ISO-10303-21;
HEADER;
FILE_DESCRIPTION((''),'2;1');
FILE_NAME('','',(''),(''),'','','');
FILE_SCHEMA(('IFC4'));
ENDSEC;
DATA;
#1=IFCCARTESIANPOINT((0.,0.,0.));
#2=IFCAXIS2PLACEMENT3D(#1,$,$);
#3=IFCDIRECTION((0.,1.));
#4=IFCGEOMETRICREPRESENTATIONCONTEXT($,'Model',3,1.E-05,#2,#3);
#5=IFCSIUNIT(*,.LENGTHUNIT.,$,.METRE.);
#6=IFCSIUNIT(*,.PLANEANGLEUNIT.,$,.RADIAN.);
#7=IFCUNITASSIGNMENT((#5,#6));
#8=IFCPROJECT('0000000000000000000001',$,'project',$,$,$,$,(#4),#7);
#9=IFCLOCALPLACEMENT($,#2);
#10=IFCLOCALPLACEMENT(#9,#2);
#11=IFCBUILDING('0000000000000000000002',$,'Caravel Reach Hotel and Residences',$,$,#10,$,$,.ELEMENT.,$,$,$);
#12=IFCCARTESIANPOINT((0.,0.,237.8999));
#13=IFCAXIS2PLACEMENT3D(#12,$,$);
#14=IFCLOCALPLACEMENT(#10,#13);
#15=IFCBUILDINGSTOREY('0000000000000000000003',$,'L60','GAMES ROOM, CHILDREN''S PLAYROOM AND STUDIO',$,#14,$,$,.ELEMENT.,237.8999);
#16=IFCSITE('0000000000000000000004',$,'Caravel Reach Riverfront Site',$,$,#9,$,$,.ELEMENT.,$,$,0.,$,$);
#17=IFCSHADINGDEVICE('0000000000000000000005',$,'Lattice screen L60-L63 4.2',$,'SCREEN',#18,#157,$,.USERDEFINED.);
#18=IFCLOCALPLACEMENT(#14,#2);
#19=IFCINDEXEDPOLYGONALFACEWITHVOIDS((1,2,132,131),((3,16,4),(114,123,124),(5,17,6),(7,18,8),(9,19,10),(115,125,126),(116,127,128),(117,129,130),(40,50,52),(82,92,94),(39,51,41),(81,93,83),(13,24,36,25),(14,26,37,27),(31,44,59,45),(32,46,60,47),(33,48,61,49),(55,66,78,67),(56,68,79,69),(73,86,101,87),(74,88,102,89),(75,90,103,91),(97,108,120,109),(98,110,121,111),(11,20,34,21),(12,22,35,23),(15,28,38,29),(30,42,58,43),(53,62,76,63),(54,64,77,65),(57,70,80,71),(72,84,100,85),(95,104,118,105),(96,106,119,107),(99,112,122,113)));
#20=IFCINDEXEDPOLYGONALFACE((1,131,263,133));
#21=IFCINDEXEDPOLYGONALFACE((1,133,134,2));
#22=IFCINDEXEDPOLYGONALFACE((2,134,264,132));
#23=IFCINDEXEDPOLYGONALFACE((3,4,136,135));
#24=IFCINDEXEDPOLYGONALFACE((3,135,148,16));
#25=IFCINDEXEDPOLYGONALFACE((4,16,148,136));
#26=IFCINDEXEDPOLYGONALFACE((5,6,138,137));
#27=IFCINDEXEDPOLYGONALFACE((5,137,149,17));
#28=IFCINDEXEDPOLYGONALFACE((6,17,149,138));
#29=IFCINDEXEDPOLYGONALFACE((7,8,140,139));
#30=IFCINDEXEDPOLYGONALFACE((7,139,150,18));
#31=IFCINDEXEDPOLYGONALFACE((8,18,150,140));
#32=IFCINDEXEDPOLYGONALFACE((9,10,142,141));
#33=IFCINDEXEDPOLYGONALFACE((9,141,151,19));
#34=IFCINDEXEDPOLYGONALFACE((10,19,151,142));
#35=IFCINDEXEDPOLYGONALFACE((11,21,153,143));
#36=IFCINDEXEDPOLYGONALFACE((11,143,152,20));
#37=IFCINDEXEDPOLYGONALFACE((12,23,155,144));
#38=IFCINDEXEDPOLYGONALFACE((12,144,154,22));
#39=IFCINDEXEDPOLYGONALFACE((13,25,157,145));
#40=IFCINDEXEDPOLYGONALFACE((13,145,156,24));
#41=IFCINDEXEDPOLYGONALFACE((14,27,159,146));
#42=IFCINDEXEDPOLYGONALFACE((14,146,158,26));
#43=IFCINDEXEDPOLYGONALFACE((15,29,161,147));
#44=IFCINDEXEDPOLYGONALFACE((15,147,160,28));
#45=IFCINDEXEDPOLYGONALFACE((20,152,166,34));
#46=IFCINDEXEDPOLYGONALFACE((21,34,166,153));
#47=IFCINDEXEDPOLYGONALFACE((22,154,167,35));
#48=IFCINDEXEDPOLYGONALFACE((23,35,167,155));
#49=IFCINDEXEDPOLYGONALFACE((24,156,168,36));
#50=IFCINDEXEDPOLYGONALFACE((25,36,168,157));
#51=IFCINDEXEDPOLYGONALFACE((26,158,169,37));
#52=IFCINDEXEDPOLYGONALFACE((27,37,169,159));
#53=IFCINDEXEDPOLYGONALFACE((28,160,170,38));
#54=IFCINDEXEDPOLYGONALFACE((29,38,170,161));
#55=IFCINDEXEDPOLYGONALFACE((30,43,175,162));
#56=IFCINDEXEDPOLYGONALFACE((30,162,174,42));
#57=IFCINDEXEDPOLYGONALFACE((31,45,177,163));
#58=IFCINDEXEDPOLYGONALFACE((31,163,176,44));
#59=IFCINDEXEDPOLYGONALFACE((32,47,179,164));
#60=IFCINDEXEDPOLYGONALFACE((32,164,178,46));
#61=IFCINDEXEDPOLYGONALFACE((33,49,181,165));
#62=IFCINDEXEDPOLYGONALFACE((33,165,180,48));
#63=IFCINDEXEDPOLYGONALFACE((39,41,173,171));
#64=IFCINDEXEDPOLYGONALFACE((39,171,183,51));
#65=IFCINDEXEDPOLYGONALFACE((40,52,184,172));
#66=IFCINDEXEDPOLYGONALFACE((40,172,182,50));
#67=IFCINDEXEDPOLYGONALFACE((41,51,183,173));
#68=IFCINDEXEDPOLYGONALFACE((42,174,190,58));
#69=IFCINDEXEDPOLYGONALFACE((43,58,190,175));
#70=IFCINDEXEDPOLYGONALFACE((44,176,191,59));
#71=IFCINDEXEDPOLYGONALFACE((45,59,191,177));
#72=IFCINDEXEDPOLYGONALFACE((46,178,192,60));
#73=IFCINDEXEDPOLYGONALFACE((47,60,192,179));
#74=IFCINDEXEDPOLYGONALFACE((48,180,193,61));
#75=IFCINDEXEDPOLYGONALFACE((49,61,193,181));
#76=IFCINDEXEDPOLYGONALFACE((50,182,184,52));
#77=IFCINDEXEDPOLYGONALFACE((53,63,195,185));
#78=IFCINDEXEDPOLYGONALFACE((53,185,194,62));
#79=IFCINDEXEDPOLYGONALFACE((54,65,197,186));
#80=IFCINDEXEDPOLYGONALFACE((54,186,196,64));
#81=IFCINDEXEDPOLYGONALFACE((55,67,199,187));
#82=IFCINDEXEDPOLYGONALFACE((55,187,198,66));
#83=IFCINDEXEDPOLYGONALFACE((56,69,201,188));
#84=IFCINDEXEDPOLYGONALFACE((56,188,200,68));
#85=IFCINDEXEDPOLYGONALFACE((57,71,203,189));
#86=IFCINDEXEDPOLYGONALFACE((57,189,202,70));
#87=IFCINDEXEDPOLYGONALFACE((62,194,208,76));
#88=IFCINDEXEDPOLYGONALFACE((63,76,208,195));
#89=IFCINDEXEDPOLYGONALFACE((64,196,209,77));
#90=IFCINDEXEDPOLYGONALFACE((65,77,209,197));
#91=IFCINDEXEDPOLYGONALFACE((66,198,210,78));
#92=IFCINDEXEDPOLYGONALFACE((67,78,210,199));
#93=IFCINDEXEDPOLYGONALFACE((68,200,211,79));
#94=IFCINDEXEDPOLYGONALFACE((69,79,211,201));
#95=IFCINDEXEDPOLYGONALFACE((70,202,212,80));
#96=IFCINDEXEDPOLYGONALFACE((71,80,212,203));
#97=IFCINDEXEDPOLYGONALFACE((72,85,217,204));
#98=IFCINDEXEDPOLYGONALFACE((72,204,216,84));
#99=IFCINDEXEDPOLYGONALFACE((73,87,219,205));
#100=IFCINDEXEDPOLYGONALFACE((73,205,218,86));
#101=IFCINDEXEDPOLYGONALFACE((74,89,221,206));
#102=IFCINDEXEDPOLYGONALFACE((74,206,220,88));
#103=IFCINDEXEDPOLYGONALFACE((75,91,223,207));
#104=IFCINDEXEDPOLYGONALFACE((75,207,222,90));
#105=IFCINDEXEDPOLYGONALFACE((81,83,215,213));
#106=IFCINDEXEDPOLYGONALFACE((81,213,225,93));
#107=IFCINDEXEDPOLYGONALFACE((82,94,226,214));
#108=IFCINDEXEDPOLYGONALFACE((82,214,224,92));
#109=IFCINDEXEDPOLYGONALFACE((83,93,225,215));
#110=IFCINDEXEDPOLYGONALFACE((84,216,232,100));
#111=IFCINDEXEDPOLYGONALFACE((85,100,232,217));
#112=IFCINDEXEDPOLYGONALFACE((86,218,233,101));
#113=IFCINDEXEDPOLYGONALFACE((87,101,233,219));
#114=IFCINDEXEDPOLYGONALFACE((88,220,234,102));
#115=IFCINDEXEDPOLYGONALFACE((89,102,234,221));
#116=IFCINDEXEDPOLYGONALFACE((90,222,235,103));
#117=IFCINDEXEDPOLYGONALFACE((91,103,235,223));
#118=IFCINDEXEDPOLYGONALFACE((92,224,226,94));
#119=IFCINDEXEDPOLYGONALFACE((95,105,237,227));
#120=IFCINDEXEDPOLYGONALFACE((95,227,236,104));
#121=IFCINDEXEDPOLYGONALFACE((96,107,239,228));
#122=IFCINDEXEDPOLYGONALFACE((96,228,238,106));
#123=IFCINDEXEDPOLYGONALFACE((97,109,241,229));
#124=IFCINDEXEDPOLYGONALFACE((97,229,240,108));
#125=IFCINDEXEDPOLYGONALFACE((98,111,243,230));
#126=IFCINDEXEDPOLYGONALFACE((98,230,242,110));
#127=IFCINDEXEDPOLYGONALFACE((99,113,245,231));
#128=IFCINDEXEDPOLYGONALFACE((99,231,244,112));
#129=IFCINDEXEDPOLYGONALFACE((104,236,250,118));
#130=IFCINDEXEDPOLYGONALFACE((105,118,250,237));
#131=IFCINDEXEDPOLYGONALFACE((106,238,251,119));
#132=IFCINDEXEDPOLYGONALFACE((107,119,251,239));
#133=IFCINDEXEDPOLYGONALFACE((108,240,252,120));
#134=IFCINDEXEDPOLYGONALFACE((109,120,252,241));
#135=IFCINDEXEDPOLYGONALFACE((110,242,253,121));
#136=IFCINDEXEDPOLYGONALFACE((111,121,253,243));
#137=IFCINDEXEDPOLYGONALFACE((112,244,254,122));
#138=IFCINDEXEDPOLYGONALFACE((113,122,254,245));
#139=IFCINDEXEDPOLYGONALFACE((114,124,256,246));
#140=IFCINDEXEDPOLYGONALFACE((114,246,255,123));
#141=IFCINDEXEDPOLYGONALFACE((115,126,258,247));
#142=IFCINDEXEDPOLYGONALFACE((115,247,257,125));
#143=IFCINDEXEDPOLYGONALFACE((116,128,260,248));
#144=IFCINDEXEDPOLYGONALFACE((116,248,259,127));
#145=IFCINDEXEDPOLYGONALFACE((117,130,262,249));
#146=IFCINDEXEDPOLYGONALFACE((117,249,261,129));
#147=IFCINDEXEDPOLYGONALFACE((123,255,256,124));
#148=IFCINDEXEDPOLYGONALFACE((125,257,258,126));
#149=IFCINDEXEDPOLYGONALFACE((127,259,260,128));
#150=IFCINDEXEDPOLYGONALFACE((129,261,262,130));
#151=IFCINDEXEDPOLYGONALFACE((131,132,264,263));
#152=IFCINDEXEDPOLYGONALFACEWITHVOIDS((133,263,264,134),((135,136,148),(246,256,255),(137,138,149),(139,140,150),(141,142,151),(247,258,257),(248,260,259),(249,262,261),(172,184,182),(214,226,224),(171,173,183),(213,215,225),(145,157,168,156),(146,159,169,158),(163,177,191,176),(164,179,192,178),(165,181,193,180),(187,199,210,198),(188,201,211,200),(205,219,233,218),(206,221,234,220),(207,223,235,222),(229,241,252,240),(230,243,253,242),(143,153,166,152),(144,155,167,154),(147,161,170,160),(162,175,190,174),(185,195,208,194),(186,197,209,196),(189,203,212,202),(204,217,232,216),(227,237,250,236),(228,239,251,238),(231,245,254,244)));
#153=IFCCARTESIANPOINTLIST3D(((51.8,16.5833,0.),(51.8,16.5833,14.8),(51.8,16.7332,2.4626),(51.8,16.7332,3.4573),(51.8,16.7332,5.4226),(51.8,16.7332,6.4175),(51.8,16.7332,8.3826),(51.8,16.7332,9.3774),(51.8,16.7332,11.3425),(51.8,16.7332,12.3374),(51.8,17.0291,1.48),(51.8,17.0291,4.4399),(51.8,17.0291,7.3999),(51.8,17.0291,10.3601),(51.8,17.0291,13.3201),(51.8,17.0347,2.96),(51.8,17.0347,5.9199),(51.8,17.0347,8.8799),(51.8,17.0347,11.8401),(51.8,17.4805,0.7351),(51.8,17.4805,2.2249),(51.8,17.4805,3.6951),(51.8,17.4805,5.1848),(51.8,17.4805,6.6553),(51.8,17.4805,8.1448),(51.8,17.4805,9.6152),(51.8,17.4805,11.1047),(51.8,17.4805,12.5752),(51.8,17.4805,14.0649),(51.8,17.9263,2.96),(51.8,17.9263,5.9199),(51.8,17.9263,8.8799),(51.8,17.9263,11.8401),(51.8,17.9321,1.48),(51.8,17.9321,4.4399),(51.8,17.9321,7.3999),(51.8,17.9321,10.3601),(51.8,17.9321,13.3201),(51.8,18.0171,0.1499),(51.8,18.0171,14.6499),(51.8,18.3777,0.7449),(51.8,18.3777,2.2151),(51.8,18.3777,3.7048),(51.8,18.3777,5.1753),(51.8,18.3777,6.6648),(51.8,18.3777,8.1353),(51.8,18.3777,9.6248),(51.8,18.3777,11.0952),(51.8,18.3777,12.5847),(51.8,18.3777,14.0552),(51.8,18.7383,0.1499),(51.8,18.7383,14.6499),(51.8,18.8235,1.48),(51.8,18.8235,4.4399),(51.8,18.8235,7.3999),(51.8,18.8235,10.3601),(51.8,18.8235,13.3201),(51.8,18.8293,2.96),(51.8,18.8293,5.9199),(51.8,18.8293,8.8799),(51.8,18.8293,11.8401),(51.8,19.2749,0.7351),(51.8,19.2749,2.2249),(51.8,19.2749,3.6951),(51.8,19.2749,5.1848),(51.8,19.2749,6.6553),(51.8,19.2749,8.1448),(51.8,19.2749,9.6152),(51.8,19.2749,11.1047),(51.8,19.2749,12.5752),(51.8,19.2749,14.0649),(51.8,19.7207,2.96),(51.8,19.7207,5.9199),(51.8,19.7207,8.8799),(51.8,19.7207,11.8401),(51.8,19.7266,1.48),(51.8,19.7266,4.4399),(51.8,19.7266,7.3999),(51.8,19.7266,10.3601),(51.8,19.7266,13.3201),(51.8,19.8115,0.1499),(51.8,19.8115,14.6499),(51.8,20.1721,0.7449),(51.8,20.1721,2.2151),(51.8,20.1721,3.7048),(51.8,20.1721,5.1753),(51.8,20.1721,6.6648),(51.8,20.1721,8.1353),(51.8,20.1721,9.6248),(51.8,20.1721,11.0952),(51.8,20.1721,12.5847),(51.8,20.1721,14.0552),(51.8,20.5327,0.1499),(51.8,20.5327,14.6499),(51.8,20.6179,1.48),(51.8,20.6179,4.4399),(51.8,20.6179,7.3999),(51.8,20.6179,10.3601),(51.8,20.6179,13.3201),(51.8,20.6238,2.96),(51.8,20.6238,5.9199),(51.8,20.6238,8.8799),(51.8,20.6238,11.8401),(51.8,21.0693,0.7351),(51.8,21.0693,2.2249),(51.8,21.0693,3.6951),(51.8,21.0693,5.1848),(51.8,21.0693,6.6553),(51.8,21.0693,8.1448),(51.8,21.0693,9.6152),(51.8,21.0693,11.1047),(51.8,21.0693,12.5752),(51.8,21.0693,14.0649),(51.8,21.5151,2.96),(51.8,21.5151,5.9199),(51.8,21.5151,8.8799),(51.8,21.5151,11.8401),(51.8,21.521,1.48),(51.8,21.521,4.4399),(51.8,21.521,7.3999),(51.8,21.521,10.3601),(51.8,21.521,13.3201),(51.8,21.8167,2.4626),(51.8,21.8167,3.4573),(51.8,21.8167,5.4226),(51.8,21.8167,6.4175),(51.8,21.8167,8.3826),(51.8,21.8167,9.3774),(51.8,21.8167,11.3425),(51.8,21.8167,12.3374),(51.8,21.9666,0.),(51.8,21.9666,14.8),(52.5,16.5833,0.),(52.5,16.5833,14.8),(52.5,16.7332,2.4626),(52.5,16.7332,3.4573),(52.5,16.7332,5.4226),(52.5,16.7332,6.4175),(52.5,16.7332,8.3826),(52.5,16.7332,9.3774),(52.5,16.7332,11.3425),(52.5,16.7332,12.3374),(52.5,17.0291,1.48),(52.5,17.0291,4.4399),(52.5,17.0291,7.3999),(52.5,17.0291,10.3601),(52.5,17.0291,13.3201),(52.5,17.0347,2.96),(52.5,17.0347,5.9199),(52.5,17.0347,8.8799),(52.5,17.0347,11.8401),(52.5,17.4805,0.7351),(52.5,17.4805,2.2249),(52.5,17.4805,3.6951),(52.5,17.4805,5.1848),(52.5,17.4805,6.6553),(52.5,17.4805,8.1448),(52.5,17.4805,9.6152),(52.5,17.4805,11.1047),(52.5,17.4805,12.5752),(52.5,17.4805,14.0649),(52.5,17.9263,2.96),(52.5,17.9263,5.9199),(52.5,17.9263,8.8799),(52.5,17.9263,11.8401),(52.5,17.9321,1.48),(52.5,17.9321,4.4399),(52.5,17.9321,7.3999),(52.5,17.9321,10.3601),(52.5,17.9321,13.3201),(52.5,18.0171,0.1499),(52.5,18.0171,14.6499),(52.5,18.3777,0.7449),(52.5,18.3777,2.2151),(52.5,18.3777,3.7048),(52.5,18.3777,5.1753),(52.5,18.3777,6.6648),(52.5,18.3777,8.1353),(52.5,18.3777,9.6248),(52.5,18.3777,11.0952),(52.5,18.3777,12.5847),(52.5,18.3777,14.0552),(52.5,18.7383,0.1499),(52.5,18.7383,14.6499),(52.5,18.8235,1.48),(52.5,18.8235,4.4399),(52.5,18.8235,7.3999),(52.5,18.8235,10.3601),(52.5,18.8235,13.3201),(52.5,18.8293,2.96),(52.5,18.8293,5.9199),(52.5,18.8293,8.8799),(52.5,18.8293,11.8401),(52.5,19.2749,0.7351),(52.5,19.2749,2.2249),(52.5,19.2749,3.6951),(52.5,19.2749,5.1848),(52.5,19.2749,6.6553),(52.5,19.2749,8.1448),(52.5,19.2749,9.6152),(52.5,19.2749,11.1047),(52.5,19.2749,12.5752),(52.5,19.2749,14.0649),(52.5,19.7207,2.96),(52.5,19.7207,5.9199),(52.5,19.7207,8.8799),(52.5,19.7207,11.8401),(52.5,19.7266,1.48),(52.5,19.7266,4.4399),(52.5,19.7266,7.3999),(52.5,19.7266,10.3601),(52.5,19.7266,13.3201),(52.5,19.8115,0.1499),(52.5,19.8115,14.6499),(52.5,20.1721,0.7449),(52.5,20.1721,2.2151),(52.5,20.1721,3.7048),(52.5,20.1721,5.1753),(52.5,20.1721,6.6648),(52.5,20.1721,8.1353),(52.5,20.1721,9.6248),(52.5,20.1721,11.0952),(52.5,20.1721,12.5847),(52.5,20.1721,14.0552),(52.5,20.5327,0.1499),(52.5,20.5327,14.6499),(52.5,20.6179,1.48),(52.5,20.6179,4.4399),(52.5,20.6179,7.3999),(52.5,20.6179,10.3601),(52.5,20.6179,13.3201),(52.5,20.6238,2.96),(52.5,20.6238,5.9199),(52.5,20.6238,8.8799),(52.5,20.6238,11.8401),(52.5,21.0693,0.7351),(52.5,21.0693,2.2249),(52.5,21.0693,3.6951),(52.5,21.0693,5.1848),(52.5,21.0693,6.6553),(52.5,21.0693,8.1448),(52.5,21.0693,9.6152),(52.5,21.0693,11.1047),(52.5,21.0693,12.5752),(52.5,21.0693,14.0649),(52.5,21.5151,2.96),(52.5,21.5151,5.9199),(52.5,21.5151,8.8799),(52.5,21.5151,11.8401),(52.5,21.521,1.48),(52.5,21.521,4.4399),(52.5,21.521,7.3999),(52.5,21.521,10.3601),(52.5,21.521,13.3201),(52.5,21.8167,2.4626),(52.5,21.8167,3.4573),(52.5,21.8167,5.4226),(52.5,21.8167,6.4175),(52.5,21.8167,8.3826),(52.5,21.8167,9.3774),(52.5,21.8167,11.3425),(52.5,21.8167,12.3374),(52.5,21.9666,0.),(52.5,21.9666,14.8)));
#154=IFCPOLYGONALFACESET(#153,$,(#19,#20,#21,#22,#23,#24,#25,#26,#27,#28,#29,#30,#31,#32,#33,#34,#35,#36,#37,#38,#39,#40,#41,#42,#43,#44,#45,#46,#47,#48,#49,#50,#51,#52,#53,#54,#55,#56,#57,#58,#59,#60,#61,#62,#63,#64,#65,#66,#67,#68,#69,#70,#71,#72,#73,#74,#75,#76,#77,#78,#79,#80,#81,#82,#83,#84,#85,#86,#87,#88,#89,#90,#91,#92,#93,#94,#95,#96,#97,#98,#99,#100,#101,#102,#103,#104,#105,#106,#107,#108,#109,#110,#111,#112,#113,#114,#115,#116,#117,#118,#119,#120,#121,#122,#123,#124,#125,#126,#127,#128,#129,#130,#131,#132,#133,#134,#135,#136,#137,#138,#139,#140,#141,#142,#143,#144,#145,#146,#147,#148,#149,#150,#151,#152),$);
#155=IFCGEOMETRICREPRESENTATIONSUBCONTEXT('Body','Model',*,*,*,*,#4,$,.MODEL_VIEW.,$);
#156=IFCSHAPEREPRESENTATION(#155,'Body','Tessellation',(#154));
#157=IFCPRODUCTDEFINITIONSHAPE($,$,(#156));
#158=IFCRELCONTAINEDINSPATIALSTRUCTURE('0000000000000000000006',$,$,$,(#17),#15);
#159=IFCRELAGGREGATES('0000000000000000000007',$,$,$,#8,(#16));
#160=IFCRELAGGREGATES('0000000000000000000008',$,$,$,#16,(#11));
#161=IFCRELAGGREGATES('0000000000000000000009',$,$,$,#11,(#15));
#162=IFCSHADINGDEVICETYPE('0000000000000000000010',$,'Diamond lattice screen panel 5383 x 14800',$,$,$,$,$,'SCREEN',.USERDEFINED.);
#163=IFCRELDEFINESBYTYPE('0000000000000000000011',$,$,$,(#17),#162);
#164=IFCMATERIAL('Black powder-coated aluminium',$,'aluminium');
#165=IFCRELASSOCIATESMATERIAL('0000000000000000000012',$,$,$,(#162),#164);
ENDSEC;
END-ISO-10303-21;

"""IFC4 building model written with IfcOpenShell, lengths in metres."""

from ifc_helpers import new_model, si_unit, direction, frame, origin, place, context, subcontext, project, spatial, polyline, outline, extrude, material, type_object, element, save


model = new_model("IFC4")

# Units and contexts
model_context = context("Model", 3, precision=1e-05, world=origin(), true_north=direction((0.0, 1.0)))
body_context = subcontext(model_context, "Body", "Model", "MODEL_VIEW")
ifc_project = project(units=[si_unit("LENGTHUNIT", "METRE"), si_unit("PLANEANGLEUNIT", "RADIAN")], contexts=[model_context])

# Site, building, storey
site_placement = place(None, origin())
site = spatial("IfcSite", under=ifc_project, at=site_placement, Name="Caravel Reach Riverfront Site", CompositionType="ELEMENT", RefElevation=0.0)
building_placement = place(site_placement, origin())
building = spatial("IfcBuilding", under=site, at=building_placement, Name="Caravel Reach Hotel and Residences", CompositionType="ELEMENT")
storey_placement = place(building_placement, frame((0.0, 0.0, 237.8999)))
storey = spatial("IfcBuildingStorey", under=building, at=storey_placement, Name="L60", Description="GAMES ROOM, CHILDREN'S PLAYROOM AND STUDIO", CompositionType="ELEMENT", Elevation=237.8999)

# Shading device
ifc_material_1 = material(Name="Black powder-coated aluminium", Category="aluminium")
shading_device_type_1 = type_object("IfcShadingDeviceType", Name="Diamond lattice screen panel 5383 x 14800", ElementType="SCREEN", PredefinedType="USERDEFINED", material=ifc_material_1)
shading_device_1_placement = place(storey_placement, frame((51.8, 16.5833, 0.0), z_axis=(1.0, 0.0, 0.0), x_axis=(0.0, 1.0, 0.0)))
element("IfcShadingDevice", 1, at=shading_device_1_placement, inside=storey, type_object=shading_device_type_1, Name="Lattice screen L60-L63 4.2", ObjectType="SCREEN", PredefinedType="USERDEFINED", context=body_context, shape_type="SweptSolid", body=[
    extrude(outline(polyline([(0.0, 0.0), (5.3833, 0.0), (5.3833, 14.8), (0.0, 14.8), (0.0, 0.0)]), holes=[polyline([(0.4514, 2.96), (0.1499, 3.4573), (0.1499, 2.4626), (0.4514, 2.96)]), polyline([(0.4514, 5.9199), (0.1499, 6.4175), (0.1499, 5.4226), (0.4514, 5.9199)]), polyline([(0.4514, 8.8799), (0.1499, 9.3774), (0.1499, 8.3826), (0.4514, 8.8799)]), polyline([(0.4514, 11.8401), (0.1499, 12.3374), (0.1499, 11.3425), (0.4514, 11.8401)]), polyline([(0.8972, 2.2249), (0.4458, 1.48), (0.8972, 0.7351), (1.3489, 1.48), (0.8972, 2.2249)]), polyline([(0.8972, 5.1848), (0.4458, 4.4399), (0.8972, 3.6951), (1.3489, 4.4399), (0.8972, 5.1848)]), polyline([(0.8972, 8.1448), (0.4458, 7.3999), (0.8972, 6.6553), (1.3489, 7.3999), (0.8972, 8.1448)]), polyline([(0.8972, 11.1047), (0.4458, 10.3601), (0.8972, 9.6152), (1.3489, 10.3601), (0.8972, 11.1047)]), polyline([(0.8972, 14.0649), (0.4458, 13.3201), (0.8972, 12.5752), (1.3489, 13.3201), (0.8972, 14.0649)]), polyline([(1.7944, 0.7449), (1.4338, 0.1499), (2.155, 0.1499), (1.7944, 0.7449)]), polyline([(1.7944, 3.7048), (1.343, 2.96), (1.7944, 2.2151), (2.2461, 2.96), (1.7944, 3.7048)]), polyline([(1.7944, 6.6648), (1.343, 5.9199), (1.7944, 5.1753), (2.2461, 5.9199), (1.7944, 6.6648)]), polyline([(1.7944, 9.6248), (1.343, 8.8799), (1.7944, 8.1353), (2.2461, 8.8799), (1.7944, 9.6248)]), polyline([(1.7944, 12.5847), (1.343, 11.8401), (1.7944, 11.0952), (2.2461, 11.8401), (1.7944, 12.5847)]), polyline([(1.7944, 14.0552), (2.155, 14.6499), (1.4338, 14.6499), (1.7944, 14.0552)]), polyline([(2.6917, 2.2249), (2.2402, 1.48), (2.6917, 0.7351), (3.1433, 1.48), (2.6917, 2.2249)]), polyline([(2.6917, 5.1848), (2.2402, 4.4399), (2.6917, 3.6951), (3.1433, 4.4399), (2.6917, 5.1848)]), polyline([(2.6917, 8.1448), (2.2402, 7.3999), (2.6917, 6.6553), (3.1433, 7.3999), (2.6917, 8.1448)]), polyline([(2.6917, 11.1047), (2.2402, 10.3601), (2.6917, 9.6152), (3.1433, 10.3601), (2.6917, 11.1047)]), polyline([(2.6917, 14.0649), (2.2402, 13.3201), (2.6917, 12.5752), (3.1433, 13.3201), (2.6917, 14.0649)]), polyline([(3.5889, 0.7449), (3.2283, 0.1499), (3.9495, 0.1499), (3.5889, 0.7449)]), polyline([(3.5889, 3.7048), (3.1375, 2.96), (3.5889, 2.2151), (4.0405, 2.96), (3.5889, 3.7048)]), polyline([(3.5889, 6.6648), (3.1375, 5.9199), (3.5889, 5.1753), (4.0405, 5.9199), (3.5889, 6.6648)]), polyline([(3.5889, 9.6248), (3.1375, 8.8799), (3.5889, 8.1353), (4.0405, 8.8799), (3.5889, 9.6248)]), polyline([(3.5889, 12.5847), (3.1375, 11.8401), (3.5889, 11.0952), (4.0405, 11.8401), (3.5889, 12.5847)]), polyline([(3.5889, 14.0552), (3.9495, 14.6499), (3.2283, 14.6499), (3.5889, 14.0552)]), polyline([(4.4861, 2.2249), (4.0347, 1.48), (4.4861, 0.7351), (4.9377, 1.48), (4.4861, 2.2249)]), polyline([(4.4861, 5.1848), (4.0347, 4.4399), (4.4861, 3.6951), (4.9377, 4.4399), (4.4861, 5.1848)]), polyline([(4.4861, 8.1448), (4.0347, 7.3999), (4.4861, 6.6553), (4.9377, 7.3999), (4.4861, 8.1448)]), polyline([(4.4861, 11.1047), (4.0347, 10.3601), (4.4861, 9.6152), (4.9377, 10.3601), (4.4861, 11.1047)]), polyline([(4.4861, 14.0649), (4.0347, 13.3201), (4.4861, 12.5752), (4.9377, 13.3201), (4.4861, 14.0649)]), polyline([(4.9319, 2.96), (5.2334, 2.4626), (5.2334, 3.4573), (4.9319, 2.96)]), polyline([(4.9319, 5.9199), (5.2334, 5.4226), (5.2334, 6.4175), (4.9319, 5.9199)]), polyline([(4.9319, 8.8799), (5.2334, 8.3826), (5.2334, 9.3774), (4.9319, 8.8799)]), polyline([(4.9319, 11.8401), (5.2334, 11.3425), (5.2334, 12.3374), (4.9319, 11.8401)])]), origin(), (0.0, 0.0, 1.0), 0.7),
])

save(model, "model.ifc")
